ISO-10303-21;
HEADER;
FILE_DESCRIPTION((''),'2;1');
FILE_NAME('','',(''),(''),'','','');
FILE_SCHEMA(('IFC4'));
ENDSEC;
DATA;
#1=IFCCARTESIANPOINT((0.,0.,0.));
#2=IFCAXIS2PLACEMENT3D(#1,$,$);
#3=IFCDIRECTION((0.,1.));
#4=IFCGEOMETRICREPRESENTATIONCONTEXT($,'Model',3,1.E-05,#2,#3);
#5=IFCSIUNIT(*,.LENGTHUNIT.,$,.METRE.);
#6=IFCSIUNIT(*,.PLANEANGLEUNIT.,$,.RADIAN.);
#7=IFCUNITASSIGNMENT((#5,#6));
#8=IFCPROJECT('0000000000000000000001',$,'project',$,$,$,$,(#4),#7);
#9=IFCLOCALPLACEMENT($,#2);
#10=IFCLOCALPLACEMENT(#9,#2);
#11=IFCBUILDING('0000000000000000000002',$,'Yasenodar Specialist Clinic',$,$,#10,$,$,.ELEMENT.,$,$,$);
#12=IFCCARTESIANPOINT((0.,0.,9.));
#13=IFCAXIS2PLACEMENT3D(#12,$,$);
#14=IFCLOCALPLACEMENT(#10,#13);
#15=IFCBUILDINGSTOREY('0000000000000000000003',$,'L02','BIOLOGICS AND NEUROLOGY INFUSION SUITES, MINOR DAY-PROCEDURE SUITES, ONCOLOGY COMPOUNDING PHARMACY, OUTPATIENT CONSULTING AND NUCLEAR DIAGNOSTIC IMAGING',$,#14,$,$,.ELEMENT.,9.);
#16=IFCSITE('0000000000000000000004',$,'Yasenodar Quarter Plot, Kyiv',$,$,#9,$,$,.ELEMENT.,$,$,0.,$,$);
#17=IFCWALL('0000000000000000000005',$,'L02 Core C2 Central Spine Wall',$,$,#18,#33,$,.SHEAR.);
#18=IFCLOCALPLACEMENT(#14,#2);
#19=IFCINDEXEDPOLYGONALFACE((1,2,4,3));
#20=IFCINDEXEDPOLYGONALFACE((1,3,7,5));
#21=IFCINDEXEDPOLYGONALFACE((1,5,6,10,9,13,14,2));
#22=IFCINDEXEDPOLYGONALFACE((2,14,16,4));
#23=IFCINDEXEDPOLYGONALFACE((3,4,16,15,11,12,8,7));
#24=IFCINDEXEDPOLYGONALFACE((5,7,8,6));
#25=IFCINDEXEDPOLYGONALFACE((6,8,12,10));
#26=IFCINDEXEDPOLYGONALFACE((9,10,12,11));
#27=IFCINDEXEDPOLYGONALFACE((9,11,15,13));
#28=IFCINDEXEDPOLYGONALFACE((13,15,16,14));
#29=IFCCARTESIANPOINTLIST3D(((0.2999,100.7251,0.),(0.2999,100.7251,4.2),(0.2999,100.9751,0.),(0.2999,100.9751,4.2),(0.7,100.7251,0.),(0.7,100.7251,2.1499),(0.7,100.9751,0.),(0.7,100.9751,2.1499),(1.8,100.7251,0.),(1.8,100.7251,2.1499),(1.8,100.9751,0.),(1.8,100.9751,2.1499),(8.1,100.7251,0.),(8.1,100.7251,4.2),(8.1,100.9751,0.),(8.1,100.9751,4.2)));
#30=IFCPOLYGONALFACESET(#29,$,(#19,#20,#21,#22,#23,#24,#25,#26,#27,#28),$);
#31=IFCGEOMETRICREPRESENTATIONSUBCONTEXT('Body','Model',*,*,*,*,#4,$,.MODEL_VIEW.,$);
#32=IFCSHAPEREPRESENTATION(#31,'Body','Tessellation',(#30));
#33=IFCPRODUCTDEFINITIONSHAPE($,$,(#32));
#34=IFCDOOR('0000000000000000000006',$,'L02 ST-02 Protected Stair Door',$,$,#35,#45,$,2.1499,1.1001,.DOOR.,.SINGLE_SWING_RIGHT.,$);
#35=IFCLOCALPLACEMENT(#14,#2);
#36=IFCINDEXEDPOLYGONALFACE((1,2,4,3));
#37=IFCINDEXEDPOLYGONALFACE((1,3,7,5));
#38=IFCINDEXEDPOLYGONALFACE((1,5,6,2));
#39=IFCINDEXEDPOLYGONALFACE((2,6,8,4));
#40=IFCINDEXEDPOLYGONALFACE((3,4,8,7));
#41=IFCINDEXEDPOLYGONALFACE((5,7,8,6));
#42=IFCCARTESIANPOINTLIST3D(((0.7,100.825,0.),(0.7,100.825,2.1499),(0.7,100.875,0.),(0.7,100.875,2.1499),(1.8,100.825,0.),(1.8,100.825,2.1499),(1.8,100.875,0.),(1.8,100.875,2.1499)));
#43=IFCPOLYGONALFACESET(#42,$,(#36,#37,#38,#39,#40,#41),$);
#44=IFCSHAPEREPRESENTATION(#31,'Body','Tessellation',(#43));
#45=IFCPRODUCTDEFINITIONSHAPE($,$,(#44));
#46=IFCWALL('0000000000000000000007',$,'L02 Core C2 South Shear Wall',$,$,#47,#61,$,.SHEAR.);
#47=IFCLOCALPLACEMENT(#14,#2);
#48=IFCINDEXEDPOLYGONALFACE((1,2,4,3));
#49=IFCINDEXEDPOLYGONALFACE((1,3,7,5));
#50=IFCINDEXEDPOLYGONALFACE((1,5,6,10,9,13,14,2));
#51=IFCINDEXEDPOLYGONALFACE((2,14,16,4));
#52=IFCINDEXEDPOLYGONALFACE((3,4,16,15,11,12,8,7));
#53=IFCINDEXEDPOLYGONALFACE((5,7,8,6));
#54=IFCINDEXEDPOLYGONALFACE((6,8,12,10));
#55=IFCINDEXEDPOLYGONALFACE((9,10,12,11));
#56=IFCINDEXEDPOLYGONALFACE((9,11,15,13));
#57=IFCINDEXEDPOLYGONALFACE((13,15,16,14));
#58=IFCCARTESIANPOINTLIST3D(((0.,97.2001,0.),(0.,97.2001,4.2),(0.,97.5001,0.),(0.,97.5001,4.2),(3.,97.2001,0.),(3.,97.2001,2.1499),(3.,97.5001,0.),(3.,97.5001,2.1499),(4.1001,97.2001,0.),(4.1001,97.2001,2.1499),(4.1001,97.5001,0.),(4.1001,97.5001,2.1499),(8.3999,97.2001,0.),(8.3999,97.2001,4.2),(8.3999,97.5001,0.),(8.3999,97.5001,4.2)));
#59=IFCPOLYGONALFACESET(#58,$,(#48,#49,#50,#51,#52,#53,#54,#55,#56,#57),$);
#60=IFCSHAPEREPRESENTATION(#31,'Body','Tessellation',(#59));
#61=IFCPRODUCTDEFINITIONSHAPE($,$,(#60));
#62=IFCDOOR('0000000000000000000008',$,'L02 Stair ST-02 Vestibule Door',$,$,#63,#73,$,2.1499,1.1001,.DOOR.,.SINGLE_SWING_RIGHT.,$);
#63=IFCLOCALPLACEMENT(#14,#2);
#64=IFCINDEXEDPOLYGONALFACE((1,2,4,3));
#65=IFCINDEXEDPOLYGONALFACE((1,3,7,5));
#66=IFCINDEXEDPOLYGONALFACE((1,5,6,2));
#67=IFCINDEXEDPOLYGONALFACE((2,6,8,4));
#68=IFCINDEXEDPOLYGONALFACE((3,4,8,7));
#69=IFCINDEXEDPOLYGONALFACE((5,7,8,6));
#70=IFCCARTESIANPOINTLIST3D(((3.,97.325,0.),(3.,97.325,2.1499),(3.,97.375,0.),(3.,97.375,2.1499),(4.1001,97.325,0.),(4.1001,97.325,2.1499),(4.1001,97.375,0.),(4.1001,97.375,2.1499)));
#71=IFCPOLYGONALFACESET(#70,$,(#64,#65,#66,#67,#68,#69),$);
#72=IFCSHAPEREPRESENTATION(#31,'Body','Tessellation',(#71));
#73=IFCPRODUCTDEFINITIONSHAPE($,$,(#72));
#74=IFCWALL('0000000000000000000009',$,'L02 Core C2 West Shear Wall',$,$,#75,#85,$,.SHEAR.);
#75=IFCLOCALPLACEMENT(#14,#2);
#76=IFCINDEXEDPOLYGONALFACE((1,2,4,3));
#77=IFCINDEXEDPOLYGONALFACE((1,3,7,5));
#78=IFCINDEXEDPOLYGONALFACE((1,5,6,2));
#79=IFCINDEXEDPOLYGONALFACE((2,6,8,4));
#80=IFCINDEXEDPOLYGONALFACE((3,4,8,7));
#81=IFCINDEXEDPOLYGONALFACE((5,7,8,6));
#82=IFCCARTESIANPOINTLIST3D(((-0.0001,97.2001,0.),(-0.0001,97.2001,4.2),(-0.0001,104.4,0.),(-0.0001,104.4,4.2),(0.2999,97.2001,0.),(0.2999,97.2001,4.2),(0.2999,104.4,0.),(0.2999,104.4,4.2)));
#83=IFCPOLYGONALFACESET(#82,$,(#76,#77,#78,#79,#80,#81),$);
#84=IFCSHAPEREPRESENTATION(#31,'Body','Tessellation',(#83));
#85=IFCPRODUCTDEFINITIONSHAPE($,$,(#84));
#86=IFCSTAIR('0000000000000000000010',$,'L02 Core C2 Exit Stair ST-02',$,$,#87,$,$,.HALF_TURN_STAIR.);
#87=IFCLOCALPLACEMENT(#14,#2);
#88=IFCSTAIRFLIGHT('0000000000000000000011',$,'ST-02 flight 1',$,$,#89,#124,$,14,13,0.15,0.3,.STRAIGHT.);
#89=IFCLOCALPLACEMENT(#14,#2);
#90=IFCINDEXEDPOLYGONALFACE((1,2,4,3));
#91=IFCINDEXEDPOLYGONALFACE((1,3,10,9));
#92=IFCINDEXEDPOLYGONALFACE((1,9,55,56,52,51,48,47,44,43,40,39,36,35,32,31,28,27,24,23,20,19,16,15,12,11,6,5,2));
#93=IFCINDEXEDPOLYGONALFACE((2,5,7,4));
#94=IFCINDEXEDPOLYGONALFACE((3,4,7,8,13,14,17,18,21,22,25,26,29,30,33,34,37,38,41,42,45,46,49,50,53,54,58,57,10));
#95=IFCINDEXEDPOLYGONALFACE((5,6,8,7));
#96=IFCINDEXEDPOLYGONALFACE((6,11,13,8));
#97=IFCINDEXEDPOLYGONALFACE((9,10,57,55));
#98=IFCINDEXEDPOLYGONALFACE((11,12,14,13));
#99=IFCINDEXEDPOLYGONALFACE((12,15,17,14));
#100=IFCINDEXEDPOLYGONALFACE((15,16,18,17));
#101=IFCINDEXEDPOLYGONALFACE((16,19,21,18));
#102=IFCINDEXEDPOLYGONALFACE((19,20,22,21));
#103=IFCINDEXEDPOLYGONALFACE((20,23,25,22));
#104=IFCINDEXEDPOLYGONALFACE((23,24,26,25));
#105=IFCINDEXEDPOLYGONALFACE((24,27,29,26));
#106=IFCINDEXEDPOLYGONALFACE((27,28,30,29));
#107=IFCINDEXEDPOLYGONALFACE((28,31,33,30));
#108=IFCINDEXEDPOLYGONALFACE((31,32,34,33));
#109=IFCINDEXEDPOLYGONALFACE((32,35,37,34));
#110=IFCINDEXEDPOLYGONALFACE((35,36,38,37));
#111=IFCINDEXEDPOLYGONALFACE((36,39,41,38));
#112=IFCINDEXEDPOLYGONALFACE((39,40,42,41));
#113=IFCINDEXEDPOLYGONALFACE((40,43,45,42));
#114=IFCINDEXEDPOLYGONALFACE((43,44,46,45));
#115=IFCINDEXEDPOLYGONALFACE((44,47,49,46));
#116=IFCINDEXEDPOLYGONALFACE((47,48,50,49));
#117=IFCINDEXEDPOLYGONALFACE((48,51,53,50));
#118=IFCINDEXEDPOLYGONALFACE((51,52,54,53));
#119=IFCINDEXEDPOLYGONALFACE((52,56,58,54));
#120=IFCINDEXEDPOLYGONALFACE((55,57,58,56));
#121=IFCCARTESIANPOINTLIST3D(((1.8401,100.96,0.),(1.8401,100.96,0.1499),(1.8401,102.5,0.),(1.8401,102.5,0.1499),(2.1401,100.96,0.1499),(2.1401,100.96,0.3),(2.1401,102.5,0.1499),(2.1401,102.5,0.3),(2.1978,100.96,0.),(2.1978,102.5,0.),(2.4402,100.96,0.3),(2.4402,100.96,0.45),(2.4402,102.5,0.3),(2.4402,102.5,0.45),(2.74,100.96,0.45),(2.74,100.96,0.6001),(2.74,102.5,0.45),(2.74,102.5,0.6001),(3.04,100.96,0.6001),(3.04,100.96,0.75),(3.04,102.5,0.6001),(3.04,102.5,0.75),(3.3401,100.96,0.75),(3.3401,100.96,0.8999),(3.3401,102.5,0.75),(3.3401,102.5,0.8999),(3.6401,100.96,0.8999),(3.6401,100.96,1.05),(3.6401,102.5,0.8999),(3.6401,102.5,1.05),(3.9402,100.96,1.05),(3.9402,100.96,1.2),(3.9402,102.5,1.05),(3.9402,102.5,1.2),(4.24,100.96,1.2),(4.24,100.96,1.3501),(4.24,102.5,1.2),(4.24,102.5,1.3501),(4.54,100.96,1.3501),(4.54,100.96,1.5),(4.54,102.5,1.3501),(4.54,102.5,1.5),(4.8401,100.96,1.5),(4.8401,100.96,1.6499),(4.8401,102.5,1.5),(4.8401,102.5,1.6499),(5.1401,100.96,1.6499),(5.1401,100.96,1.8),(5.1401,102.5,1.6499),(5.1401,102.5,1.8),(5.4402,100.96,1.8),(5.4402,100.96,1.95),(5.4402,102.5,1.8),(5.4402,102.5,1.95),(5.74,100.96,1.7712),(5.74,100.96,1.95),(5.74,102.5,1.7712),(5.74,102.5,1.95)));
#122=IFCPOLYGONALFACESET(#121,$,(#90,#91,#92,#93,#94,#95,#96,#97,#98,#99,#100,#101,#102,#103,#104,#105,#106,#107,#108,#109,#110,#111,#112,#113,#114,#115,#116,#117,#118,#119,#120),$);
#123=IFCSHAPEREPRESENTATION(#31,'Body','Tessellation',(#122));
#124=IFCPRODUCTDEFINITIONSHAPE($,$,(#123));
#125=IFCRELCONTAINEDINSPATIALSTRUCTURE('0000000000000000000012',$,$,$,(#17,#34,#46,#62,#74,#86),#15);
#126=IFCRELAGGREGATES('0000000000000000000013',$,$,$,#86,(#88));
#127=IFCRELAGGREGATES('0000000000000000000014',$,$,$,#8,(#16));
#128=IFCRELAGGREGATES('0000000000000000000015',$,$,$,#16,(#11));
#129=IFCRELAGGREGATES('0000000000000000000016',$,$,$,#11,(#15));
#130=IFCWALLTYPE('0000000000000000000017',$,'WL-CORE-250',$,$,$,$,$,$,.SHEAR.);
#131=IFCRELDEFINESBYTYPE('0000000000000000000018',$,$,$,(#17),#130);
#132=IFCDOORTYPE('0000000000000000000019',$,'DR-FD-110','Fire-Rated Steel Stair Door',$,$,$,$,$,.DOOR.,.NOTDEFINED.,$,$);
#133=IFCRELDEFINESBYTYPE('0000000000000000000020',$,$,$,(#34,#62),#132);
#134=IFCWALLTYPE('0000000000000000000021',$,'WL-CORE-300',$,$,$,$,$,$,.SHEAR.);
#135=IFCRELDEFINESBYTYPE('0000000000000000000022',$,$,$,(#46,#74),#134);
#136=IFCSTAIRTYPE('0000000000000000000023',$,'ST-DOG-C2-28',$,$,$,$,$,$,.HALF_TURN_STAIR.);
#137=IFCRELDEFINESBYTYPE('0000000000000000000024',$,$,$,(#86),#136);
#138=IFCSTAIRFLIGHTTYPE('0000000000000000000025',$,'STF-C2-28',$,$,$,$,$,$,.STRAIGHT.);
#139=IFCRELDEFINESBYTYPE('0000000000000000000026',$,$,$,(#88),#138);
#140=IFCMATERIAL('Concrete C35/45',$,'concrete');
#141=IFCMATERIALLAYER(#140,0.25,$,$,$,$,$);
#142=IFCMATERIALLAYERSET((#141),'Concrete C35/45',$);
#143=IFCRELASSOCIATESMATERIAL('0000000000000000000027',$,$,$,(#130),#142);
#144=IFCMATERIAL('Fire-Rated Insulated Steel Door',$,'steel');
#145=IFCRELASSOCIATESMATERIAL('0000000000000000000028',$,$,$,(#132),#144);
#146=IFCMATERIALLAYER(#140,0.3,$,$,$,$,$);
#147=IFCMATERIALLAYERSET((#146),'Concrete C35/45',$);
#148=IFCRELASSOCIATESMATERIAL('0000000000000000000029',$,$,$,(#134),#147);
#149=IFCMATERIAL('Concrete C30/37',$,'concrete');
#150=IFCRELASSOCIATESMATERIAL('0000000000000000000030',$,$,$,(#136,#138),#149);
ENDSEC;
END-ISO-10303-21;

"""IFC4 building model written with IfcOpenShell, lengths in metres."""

from ifc_helpers import new_model, si_unit, direction, frame, frame_2d, origin, place, context, subcontext, project, spatial, polyline, rectangle, outline, extrude, material, layer, layer_set, type_object, element, fill, aggregate, save


model = new_model("IFC4")

# Units and contexts
model_context = context("Model", 3, precision=1e-05, world=origin(), true_north=direction((0.0, 1.0)))
body_context = subcontext(model_context, "Body", "Model", "MODEL_VIEW")
ifc_project = project(units=[si_unit("LENGTHUNIT", "METRE"), si_unit("PLANEANGLEUNIT", "RADIAN")], contexts=[model_context])

# Site, building, storey
site_placement = place(None, origin())
site = spatial("IfcSite", under=ifc_project, at=site_placement, Name="Yasenodar Quarter Plot, Kyiv", CompositionType="ELEMENT", RefElevation=0.0)
building_placement = place(site_placement, origin())
building = spatial("IfcBuilding", under=site, at=building_placement, Name="Yasenodar Specialist Clinic", CompositionType="ELEMENT")
storey_placement = place(building_placement, frame((0.0, 0.0, 9.0)))
storey = spatial("IfcBuildingStorey", under=building, at=storey_placement, Name="L02", Description="BIOLOGICS AND NEUROLOGY INFUSION SUITES, MINOR DAY-PROCEDURE SUITES, ONCOLOGY COMPOUNDING PHARMACY, OUTPATIENT CONSULTING AND NUCLEAR DIAGNOSTIC IMAGING", CompositionType="ELEMENT", Elevation=9.0)

# Walls, openings, doors
ifc_material_1 = material(Name="Concrete C35/45", Category="concrete")
ifc_layer_1 = layer(ifc_material_1, 0.25)
ifc_layer_set_1 = layer_set([ifc_layer_1], Name="Concrete C35/45")
wall_type_1 = type_object("IfcWallType", Name="WL-CORE-250", PredefinedType="SHEAR", material=ifc_layer_set_1)
wall_1_placement = place(storey_placement, frame((0.3, 100.8501, 0.0), z_axis=(0.0, 0.0, 1.0), x_axis=(1.0, 0.0, 0.0)))
wall_1 = element("IfcWall", 1, at=wall_1_placement, inside=storey, type_object=wall_type_1, Name="L02 Core C2 Central Spine Wall", PredefinedType="SHEAR", context=body_context, shape_type="SweptSolid", body=[
    extrude(rectangle(XDim=7.8, YDim=0.25, at=frame_2d((3.8999, 0.0))), origin(), (0.0, 0.0, 1.0), 4.2),
])
opening_1_placement = place(wall_1_placement, frame((0.3999, 0.0, 0.0)))
opening_1 = element("IfcOpeningElement", 2, at=opening_1_placement, cuts=wall_1, PredefinedType="OPENING", context=body_context, shape_type="SweptSolid", body=[
    extrude(rectangle(XDim=1.1001, YDim=2.1499, at=frame_2d((0.55, 1.075))), frame((0.0, 0.135, 0.0), z_axis=(0.0, -1.0, 0.0), x_axis=(1.0, 0.0, 0.0)), (0.0, 0.0, 1.0), 0.27),
])
ifc_material_2 = material(Name="Fire-Rated Insulated Steel Door", Category="steel")
door_type_1 = type_object("IfcDoorType", Name="DR-FD-110", Description="Fire-Rated Steel Stair Door", OperationType="NOTDEFINED", PredefinedType="DOOR", material=ifc_material_2)
door_1_placement = place(opening_1_placement, origin())
door_1 = element("IfcDoor", 3, at=door_1_placement, inside=storey, type_object=door_type_1, Name="L02 ST-02 Protected Stair Door", OperationType="SINGLE_SWING_RIGHT", OverallHeight=2.1499, OverallWidth=1.1001, PredefinedType="DOOR", context=body_context, shape_type="SweptSolid", body=[
    extrude(rectangle(XDim=1.1001, YDim=2.1499, at=frame_2d((0.55, 1.075))), frame((0.0, 0.0249, 0.0), z_axis=(0.0, -1.0, 0.0), x_axis=(1.0, 0.0, 0.0)), (0.0, 0.0, 1.0), 0.05),
])
fill(opening_1, door_1)
ifc_layer_2 = layer(ifc_material_1, 0.3)
ifc_layer_set_2 = layer_set([ifc_layer_2], Name="Concrete C35/45")
wall_type_2 = type_object("IfcWallType", Name="WL-CORE-300", PredefinedType="SHEAR", material=ifc_layer_set_2)
wall_2_placement = place(storey_placement, frame((0.0, 97.3501, 0.0), z_axis=(0.0, 0.0, 1.0), x_axis=(1.0, 0.0, 0.0)))
wall_2 = element("IfcWall", 4, at=wall_2_placement, inside=storey, type_object=wall_type_2, Name="L02 Core C2 South Shear Wall", PredefinedType="SHEAR", context=body_context, shape_type="SweptSolid", body=[
    extrude(rectangle(XDim=8.3999, YDim=0.3, at=frame_2d((4.2, 0.0))), origin(), (0.0, 0.0, 1.0), 4.2),
])
opening_2_placement = place(wall_2_placement, frame((3.0, 0.0, 0.0)))
opening_2 = element("IfcOpeningElement", 5, at=opening_2_placement, cuts=wall_2, PredefinedType="OPENING", context=body_context, shape_type="SweptSolid", body=[
    extrude(rectangle(XDim=1.1001, YDim=2.1499, at=frame_2d((0.55, 1.075))), frame((0.0, 0.1602, 0.0), z_axis=(0.0, -1.0, 0.0), x_axis=(1.0, 0.0, 0.0)), (0.0, 0.0, 1.0), 0.3201),
])
door_2_placement = place(opening_2_placement, origin())
door_2 = element("IfcDoor", 6, at=door_2_placement, inside=storey, type_object=door_type_1, Name="L02 Stair ST-02 Vestibule Door", OperationType="SINGLE_SWING_RIGHT", OverallHeight=2.1499, OverallWidth=1.1001, PredefinedType="DOOR", context=body_context, shape_type="SweptSolid", body=[
    extrude(rectangle(XDim=1.1001, YDim=2.1499, at=frame_2d((0.55, 1.075))), frame((0.0, 0.0249, 0.0), z_axis=(0.0, -1.0, 0.0), x_axis=(1.0, 0.0, 0.0)), (0.0, 0.0, 1.0), 0.05),
])
fill(opening_2, door_2)

# Wall
wall_3_placement = place(storey_placement, frame((0.1499, 97.2, 0.0), z_axis=(0.0, 0.0, 1.0), x_axis=(0.0, 1.0, 0.0)))
element("IfcWall", 7, at=wall_3_placement, inside=storey, type_object=wall_type_2, Name="L02 Core C2 West Shear Wall", PredefinedType="SHEAR", context=body_context, shape_type="SweptSolid", body=[
    extrude(rectangle(XDim=7.2, YDim=0.3, at=frame_2d((3.6001, 0.0))), origin(), (0.0, 0.0, 1.0), 4.2),
])

# Stair, stair flight
ifc_material_3 = material(Name="Concrete C30/37", Category="concrete")
stair_type = type_object("IfcStairType", Name="ST-DOG-C2-28", PredefinedType="HALF_TURN_STAIR", material=ifc_material_3)
stair_placement = place(storey_placement, origin())
stair = element("IfcStair", 8, at=stair_placement, inside=storey, type_object=stair_type, Name="L02 Core C2 Exit Stair ST-02", PredefinedType="HALF_TURN_STAIR")
stair_flight_type = type_object("IfcStairFlightType", Name="STF-C2-28", PredefinedType="STRAIGHT", material=ifc_material_3)
stair_flight_placement = place(storey_placement, frame((1.8401, 101.73, 0.0), z_axis=(0.0, 0.0, 1.0), x_axis=(1.0, 0.0, 0.0)))
stair_flight = element("IfcStairFlight", 9, at=stair_flight_placement, type_object=stair_flight_type, Name="ST-02 flight 1", NumberOfRisers=14, NumberOfTreads=13, PredefinedType="STRAIGHT", RiserHeight=0.15, TreadLength=0.3, context=body_context, shape_type="SweptSolid", body=[
    extrude(outline(polyline([(0.0, 0.0), (0.0, 0.1499), (0.3, 0.1499), (0.3, 0.3), (0.6001, 0.3), (0.6001, 0.45), (0.8999, 0.45), (0.8999, 0.6001), (1.2, 0.6001), (1.2, 0.75), (1.5, 0.75), (1.5, 0.8999), (1.8, 0.8999), (1.8, 1.05), (2.1001, 1.05), (2.1001, 1.2), (2.3999, 1.2), (2.3999, 1.3501), (2.7, 1.3501), (2.7, 1.5), (3.0, 1.5), (3.0, 1.6499), (3.3, 1.6499), (3.3, 1.8), (3.6001, 1.8), (3.6001, 1.95), (3.8999, 1.95), (3.8999, 2.1001), (3.8999, 1.7712), (0.3577, 0.0), (0.0, 0.0)])), frame((0.0, 0.77, 0.0), z_axis=(0.0, -1.0, 0.0), x_axis=(1.0, 0.0, 0.0)), (0.0, 0.0, 1.0), 1.54),
])
aggregate(stair, [stair_flight])

save(model, "model.ifc")
